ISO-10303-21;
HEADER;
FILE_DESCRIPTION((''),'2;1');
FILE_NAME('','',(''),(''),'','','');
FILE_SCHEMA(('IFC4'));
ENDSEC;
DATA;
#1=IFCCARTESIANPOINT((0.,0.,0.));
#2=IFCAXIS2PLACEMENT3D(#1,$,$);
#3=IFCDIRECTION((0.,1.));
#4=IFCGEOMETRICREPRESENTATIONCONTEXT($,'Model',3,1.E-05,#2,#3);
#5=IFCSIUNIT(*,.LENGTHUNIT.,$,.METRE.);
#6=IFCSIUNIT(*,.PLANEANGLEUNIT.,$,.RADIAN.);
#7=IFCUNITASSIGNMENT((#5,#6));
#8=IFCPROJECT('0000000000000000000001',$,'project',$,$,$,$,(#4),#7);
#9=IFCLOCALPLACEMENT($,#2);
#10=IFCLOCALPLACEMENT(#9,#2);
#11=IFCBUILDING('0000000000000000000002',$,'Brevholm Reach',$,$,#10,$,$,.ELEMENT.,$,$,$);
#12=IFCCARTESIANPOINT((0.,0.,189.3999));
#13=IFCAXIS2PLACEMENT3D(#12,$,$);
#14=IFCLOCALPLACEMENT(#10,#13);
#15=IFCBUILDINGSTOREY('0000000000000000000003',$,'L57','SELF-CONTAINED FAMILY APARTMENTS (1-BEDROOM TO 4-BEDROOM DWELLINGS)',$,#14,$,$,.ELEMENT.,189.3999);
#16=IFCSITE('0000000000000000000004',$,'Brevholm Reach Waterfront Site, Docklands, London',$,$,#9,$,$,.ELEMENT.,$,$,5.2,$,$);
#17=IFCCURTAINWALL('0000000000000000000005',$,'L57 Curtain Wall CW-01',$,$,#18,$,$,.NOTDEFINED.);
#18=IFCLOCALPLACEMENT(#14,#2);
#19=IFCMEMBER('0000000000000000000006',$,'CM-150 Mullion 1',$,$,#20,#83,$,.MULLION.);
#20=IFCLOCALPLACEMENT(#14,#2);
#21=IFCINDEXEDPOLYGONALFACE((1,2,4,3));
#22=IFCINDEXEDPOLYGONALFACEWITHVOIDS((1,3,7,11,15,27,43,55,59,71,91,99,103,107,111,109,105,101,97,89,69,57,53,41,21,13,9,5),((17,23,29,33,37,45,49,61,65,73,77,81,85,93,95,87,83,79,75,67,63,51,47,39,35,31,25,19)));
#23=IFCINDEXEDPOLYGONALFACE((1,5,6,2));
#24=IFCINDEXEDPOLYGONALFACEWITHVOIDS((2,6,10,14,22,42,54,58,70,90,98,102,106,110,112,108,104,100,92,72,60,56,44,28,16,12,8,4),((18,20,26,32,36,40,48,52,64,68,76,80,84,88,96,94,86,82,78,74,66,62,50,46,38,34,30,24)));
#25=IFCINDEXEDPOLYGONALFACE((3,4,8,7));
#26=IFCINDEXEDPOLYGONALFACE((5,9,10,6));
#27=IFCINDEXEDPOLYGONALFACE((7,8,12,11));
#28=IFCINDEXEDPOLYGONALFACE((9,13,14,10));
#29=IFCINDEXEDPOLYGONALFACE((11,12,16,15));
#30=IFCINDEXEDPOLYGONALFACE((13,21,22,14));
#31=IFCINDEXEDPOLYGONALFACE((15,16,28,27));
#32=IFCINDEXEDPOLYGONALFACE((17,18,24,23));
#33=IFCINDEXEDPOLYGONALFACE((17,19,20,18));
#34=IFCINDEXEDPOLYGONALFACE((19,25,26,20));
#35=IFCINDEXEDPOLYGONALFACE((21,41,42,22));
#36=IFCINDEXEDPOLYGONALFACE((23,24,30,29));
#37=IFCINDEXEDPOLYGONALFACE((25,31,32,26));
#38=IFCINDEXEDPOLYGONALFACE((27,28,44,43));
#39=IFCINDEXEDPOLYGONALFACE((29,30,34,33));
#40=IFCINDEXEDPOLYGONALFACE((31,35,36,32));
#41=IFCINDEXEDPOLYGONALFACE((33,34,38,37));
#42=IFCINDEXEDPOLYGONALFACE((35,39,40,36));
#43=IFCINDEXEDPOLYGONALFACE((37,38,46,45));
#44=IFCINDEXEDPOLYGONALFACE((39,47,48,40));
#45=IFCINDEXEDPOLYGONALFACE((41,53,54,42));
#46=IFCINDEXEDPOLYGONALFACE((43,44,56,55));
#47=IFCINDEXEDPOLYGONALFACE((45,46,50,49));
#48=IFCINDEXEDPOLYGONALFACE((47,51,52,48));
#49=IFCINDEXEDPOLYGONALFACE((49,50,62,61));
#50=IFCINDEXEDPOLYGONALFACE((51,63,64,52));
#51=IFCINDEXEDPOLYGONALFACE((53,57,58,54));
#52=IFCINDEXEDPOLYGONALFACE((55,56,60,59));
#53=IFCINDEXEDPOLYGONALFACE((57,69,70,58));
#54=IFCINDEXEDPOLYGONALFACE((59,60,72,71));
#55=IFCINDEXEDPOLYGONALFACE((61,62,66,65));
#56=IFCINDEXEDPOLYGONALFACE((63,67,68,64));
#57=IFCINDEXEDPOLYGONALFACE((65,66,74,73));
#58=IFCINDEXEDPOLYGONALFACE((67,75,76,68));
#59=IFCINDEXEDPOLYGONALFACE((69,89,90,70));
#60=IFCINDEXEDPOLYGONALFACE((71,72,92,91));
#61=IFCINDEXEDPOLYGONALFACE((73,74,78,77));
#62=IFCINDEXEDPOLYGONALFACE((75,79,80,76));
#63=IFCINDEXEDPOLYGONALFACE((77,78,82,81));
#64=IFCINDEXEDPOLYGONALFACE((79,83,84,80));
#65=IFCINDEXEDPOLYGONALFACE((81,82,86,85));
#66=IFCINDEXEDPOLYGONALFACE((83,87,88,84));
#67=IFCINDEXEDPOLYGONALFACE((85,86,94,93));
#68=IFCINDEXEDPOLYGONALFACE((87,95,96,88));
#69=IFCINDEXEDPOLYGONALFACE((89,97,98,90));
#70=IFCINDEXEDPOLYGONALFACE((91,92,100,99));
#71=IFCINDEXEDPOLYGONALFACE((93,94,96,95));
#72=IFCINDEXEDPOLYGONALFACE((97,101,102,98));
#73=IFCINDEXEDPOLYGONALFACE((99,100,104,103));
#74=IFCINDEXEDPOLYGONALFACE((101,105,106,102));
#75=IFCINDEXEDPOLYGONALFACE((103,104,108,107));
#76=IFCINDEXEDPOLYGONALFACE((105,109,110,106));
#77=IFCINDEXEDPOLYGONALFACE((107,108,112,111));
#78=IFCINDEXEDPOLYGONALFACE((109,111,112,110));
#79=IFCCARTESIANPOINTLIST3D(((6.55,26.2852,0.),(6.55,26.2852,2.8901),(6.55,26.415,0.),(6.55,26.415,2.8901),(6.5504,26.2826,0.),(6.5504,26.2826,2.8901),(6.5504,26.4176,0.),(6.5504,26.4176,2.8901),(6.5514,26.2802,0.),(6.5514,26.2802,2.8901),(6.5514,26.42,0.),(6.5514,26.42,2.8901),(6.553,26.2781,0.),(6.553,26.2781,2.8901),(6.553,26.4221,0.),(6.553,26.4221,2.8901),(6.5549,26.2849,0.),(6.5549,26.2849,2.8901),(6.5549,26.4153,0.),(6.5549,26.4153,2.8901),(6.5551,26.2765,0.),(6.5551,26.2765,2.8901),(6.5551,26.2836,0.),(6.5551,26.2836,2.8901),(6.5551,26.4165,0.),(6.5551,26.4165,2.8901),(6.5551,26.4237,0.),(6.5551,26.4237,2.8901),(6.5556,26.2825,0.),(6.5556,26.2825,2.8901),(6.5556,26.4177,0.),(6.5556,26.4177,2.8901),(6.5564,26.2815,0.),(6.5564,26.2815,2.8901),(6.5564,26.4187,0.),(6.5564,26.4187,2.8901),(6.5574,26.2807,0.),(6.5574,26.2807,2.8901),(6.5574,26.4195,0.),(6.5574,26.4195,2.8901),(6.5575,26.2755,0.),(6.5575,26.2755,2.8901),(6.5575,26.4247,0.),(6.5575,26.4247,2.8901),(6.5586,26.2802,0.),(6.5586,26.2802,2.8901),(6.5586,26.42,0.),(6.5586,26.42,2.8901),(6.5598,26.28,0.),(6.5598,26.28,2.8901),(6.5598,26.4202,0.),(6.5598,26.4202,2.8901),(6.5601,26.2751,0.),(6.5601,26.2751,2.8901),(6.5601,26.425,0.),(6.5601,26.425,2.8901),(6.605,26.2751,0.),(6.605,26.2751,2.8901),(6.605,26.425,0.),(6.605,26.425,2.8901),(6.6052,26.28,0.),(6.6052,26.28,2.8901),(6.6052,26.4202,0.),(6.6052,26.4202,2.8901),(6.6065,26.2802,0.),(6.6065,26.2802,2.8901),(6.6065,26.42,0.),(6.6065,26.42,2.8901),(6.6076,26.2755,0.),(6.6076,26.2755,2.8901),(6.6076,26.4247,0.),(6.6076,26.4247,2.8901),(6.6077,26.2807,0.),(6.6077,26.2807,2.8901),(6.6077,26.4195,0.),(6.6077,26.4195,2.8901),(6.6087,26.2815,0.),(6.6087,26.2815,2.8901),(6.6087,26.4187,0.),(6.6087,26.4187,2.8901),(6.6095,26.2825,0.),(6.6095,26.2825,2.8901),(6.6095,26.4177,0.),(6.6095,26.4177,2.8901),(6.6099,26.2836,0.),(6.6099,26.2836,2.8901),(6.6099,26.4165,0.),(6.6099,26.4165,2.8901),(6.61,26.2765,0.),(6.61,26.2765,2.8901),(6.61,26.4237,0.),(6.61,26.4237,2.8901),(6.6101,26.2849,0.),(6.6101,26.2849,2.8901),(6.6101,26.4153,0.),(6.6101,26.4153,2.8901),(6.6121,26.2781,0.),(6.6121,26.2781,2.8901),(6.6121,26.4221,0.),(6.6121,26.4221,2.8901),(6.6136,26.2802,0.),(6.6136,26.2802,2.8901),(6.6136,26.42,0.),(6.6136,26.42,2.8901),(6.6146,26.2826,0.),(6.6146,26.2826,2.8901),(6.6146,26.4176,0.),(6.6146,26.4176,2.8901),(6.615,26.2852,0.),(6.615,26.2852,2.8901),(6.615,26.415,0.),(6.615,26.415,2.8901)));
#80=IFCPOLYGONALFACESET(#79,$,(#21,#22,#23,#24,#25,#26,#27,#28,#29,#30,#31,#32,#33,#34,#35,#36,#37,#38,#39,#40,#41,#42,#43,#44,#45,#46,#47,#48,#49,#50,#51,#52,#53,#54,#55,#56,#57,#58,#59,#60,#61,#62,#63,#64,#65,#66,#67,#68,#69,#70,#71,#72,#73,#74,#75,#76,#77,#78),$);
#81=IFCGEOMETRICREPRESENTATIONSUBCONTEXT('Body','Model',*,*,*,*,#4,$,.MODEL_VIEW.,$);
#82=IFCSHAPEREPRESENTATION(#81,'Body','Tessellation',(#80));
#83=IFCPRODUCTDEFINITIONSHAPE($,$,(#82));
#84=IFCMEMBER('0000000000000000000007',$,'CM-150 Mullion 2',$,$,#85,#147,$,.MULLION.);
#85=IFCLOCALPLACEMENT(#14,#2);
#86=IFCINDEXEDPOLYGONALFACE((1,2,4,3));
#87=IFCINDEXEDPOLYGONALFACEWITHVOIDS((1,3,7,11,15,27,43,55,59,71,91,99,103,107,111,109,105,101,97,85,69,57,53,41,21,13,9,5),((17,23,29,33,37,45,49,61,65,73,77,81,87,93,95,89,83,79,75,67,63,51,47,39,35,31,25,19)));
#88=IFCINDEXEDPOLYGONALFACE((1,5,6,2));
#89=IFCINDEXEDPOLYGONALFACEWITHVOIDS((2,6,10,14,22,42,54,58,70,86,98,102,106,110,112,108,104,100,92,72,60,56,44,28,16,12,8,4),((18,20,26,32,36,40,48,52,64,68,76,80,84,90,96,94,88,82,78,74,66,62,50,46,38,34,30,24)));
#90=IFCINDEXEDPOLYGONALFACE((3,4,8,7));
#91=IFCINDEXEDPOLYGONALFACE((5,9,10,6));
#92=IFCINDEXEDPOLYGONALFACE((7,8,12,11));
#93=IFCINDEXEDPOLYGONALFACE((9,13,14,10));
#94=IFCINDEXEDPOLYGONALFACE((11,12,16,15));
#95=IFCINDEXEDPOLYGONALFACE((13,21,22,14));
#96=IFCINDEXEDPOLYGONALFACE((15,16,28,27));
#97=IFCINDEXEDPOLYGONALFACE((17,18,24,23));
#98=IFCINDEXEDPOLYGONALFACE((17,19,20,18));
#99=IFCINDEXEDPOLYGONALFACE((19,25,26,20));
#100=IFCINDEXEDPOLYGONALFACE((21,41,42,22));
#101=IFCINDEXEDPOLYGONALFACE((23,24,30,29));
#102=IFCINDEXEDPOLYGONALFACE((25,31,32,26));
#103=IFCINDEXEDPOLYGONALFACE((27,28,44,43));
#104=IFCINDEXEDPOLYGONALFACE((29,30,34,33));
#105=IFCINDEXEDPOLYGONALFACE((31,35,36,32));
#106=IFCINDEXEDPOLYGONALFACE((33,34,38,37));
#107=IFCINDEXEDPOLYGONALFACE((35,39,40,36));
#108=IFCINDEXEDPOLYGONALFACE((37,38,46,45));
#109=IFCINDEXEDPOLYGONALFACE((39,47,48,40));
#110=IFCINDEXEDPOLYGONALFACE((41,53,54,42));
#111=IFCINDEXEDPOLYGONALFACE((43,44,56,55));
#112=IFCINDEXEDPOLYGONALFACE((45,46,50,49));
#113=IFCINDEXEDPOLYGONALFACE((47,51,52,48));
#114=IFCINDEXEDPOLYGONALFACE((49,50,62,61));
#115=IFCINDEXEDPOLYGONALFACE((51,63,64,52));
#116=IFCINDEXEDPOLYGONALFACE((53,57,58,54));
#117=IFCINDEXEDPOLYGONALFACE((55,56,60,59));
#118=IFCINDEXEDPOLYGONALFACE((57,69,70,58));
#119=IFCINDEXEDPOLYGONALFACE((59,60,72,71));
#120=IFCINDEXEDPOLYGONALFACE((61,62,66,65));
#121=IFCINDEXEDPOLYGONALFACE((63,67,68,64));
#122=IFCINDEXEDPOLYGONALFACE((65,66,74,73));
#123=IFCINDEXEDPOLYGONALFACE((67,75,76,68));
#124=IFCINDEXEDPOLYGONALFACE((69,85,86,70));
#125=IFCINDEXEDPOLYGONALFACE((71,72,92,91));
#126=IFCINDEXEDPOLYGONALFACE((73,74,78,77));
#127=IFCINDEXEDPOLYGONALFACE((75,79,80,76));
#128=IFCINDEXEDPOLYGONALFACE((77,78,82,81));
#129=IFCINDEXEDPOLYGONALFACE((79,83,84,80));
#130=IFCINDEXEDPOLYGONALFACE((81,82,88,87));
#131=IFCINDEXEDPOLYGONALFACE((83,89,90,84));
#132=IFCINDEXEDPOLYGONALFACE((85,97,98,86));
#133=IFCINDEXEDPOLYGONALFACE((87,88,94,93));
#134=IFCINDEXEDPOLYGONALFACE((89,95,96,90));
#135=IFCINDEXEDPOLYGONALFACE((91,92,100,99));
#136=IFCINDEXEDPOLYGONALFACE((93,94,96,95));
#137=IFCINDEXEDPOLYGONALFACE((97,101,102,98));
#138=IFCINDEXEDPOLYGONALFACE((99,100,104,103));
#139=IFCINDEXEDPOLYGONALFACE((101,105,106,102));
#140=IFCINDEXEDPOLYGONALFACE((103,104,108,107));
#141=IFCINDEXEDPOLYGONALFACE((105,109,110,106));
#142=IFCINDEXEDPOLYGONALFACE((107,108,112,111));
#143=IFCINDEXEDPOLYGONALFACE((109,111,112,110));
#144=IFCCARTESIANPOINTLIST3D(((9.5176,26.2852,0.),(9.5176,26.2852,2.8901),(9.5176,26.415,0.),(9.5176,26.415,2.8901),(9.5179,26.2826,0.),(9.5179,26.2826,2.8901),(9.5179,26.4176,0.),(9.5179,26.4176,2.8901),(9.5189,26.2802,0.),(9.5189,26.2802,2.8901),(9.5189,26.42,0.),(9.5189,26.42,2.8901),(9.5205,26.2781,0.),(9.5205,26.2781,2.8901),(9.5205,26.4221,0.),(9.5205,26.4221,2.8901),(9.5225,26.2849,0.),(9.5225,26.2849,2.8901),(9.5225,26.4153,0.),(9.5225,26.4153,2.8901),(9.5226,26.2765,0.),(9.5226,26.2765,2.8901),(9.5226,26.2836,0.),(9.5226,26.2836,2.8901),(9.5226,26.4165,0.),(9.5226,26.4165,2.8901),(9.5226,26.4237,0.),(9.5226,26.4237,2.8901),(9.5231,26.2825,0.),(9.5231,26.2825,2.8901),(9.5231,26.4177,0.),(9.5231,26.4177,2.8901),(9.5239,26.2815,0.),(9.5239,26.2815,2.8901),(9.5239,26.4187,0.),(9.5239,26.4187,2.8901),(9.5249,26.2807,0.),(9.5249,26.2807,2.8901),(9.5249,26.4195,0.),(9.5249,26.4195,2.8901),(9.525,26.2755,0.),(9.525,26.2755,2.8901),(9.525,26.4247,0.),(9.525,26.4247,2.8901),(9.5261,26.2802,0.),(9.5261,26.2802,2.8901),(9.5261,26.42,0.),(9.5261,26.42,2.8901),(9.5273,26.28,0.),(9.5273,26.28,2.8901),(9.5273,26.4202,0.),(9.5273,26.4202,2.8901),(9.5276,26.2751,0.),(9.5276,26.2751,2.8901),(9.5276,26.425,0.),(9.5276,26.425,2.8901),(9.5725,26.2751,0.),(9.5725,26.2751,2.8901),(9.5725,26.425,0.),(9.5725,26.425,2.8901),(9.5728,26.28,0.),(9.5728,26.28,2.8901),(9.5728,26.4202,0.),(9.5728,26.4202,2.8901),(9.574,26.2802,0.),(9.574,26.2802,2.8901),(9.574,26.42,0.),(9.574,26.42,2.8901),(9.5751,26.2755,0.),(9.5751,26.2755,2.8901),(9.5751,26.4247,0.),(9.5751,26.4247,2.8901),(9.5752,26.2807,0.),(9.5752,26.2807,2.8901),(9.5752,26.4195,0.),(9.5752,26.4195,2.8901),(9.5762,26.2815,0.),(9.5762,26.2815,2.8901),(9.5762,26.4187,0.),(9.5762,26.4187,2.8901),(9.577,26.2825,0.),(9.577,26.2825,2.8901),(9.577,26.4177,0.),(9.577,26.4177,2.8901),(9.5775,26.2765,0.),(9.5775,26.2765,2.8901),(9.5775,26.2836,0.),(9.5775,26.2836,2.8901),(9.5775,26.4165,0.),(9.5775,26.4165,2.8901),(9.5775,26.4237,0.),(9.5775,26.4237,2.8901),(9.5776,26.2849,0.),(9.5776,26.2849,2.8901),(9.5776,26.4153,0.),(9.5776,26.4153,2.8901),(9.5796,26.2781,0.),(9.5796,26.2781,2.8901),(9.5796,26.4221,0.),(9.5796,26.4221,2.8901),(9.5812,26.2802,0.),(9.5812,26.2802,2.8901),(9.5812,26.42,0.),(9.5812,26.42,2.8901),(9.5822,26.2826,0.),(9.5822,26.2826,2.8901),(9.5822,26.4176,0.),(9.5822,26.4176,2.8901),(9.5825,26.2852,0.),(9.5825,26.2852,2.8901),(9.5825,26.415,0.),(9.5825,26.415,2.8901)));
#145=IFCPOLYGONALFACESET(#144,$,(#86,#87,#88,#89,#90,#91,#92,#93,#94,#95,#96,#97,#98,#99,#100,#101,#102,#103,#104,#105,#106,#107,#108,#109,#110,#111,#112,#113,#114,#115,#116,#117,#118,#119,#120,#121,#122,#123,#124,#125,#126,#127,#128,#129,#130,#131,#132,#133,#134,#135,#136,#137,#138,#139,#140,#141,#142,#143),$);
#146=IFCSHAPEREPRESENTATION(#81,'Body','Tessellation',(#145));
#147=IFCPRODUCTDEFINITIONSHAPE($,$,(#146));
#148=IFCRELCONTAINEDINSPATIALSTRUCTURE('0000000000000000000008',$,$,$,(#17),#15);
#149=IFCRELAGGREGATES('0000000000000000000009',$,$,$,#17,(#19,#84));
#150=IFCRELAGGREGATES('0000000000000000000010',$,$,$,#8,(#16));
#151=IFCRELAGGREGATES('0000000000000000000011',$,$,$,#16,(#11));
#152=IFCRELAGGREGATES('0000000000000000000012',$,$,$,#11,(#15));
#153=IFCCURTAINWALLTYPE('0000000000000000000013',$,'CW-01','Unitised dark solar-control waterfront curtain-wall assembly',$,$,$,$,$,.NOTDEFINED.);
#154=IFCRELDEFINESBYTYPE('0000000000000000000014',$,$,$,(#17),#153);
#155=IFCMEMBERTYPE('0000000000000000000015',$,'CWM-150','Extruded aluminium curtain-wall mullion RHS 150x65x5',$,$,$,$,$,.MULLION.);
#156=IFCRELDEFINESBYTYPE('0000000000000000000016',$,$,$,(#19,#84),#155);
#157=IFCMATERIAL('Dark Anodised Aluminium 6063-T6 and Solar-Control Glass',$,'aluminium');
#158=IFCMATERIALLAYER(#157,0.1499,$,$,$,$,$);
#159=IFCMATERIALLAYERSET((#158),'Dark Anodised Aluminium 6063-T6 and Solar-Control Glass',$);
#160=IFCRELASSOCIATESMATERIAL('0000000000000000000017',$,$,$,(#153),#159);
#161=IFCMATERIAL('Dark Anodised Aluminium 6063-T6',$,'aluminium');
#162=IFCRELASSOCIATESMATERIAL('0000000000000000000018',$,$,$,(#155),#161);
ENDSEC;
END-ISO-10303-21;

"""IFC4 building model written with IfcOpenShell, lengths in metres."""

from ifc_helpers import new_model, si_unit, direction, frame, origin, origin_2d, place, context, subcontext, project, spatial, hollow_rectangle, extrude, material, layer, layer_set, material_profile, profile_set, type_object, element, aggregate, save


model = new_model("IFC4")

# Units and contexts
model_context = context("Model", 3, precision=1e-05, world=origin(), true_north=direction((0.0, 1.0)))
body_context = subcontext(model_context, "Body", "Model", "MODEL_VIEW")
ifc_project = project(units=[si_unit("LENGTHUNIT", "METRE"), si_unit("PLANEANGLEUNIT", "RADIAN")], contexts=[model_context])

# Site, building, storey
site_placement = place(None, origin())
site = spatial("IfcSite", under=ifc_project, at=site_placement, Name="Brevholm Reach Waterfront Site, Docklands, London", CompositionType="ELEMENT", RefElevation=5.2)
building_placement = place(site_placement, origin())
building = spatial("IfcBuilding", under=site, at=building_placement, Name="Brevholm Reach", CompositionType="ELEMENT")
storey_placement = place(building_placement, frame((0.0, 0.0, 189.3999)))
storey = spatial("IfcBuildingStorey", under=building, at=storey_placement, Name="L57", Description="SELF-CONTAINED FAMILY APARTMENTS (1-BEDROOM TO 4-BEDROOM DWELLINGS)", CompositionType="ELEMENT", Elevation=189.3999)

# Curtain wall, members
ifc_material_1 = material(Name="Dark Anodised Aluminium 6063-T6 and Solar-Control Glass", Category="aluminium")
ifc_layer_1 = layer(ifc_material_1, 0.1499)
ifc_layer_set_1 = layer_set([ifc_layer_1], Name="Dark Anodised Aluminium 6063-T6 and Solar-Control Glass")
curtain_wall_type = type_object("IfcCurtainWallType", Name="CW-01", Description="Unitised dark solar-control waterfront curtain-wall assembly", PredefinedType="NOTDEFINED", material=ifc_layer_set_1)
curtain_wall_placement = place(storey_placement, origin())
curtain_wall = element("IfcCurtainWall", 1, at=curtain_wall_placement, inside=storey, type_object=curtain_wall_type, Name="L57 Curtain Wall CW-01", PredefinedType="NOTDEFINED")
ifc_material_2 = material(Name="Dark Anodised Aluminium 6063-T6", Category="aluminium")
ifc_material_profile_1 = material_profile(ifc_material_2, hollow_rectangle(XDim=0.0649, YDim=0.1499, WallThickness=0.0049, InnerFilletRadius=0.0049, OuterFilletRadius=0.01, at=origin_2d()), Name="RHS 150x65x5")
ifc_profile_set_1 = profile_set([ifc_material_profile_1], Name="Dark Anodised Aluminium 6063-T6")
member_type_1 = type_object("IfcMemberType", Name="CWM-150", Description="Extruded aluminium curtain-wall mullion RHS 150x65x5", PredefinedType="MULLION", material=ifc_profile_set_1)
member_1_placement = place(storey_placement, frame((6.5825, 26.3501, 0.0), z_axis=(0.0, 0.0, 1.0), x_axis=(1.0, 0.0, 0.0)))
member_1 = element("IfcMember", 2, at=member_1_placement, type_object=member_type_1, Name="CM-150 Mullion 1", PredefinedType="MULLION", context=body_context, shape_type="SweptSolid", body=[
    extrude(hollow_rectangle(XDim=0.0649, YDim=0.1499, WallThickness=0.0049, InnerFilletRadius=0.0049, OuterFilletRadius=0.01, at=origin_2d()), origin(), (0.0, 0.0, 1.0), 2.8901),
])
member_2_placement = place(storey_placement, frame((9.55, 26.3501, 0.0), z_axis=(0.0, 0.0, 1.0), x_axis=(1.0, 0.0, 0.0)))
member_2 = element("IfcMember", 3, at=member_2_placement, type_object=member_type_1, Name="CM-150 Mullion 2", PredefinedType="MULLION", context=body_context, shape_type="SweptSolid", body=[
    extrude(hollow_rectangle(XDim=0.0649, YDim=0.1499, WallThickness=0.0049, InnerFilletRadius=0.0049, OuterFilletRadius=0.01, at=origin_2d()), origin(), (0.0, 0.0, 1.0), 2.8901),
])
aggregate(curtain_wall, [member_1, member_2])

save(model, "model.ifc")
